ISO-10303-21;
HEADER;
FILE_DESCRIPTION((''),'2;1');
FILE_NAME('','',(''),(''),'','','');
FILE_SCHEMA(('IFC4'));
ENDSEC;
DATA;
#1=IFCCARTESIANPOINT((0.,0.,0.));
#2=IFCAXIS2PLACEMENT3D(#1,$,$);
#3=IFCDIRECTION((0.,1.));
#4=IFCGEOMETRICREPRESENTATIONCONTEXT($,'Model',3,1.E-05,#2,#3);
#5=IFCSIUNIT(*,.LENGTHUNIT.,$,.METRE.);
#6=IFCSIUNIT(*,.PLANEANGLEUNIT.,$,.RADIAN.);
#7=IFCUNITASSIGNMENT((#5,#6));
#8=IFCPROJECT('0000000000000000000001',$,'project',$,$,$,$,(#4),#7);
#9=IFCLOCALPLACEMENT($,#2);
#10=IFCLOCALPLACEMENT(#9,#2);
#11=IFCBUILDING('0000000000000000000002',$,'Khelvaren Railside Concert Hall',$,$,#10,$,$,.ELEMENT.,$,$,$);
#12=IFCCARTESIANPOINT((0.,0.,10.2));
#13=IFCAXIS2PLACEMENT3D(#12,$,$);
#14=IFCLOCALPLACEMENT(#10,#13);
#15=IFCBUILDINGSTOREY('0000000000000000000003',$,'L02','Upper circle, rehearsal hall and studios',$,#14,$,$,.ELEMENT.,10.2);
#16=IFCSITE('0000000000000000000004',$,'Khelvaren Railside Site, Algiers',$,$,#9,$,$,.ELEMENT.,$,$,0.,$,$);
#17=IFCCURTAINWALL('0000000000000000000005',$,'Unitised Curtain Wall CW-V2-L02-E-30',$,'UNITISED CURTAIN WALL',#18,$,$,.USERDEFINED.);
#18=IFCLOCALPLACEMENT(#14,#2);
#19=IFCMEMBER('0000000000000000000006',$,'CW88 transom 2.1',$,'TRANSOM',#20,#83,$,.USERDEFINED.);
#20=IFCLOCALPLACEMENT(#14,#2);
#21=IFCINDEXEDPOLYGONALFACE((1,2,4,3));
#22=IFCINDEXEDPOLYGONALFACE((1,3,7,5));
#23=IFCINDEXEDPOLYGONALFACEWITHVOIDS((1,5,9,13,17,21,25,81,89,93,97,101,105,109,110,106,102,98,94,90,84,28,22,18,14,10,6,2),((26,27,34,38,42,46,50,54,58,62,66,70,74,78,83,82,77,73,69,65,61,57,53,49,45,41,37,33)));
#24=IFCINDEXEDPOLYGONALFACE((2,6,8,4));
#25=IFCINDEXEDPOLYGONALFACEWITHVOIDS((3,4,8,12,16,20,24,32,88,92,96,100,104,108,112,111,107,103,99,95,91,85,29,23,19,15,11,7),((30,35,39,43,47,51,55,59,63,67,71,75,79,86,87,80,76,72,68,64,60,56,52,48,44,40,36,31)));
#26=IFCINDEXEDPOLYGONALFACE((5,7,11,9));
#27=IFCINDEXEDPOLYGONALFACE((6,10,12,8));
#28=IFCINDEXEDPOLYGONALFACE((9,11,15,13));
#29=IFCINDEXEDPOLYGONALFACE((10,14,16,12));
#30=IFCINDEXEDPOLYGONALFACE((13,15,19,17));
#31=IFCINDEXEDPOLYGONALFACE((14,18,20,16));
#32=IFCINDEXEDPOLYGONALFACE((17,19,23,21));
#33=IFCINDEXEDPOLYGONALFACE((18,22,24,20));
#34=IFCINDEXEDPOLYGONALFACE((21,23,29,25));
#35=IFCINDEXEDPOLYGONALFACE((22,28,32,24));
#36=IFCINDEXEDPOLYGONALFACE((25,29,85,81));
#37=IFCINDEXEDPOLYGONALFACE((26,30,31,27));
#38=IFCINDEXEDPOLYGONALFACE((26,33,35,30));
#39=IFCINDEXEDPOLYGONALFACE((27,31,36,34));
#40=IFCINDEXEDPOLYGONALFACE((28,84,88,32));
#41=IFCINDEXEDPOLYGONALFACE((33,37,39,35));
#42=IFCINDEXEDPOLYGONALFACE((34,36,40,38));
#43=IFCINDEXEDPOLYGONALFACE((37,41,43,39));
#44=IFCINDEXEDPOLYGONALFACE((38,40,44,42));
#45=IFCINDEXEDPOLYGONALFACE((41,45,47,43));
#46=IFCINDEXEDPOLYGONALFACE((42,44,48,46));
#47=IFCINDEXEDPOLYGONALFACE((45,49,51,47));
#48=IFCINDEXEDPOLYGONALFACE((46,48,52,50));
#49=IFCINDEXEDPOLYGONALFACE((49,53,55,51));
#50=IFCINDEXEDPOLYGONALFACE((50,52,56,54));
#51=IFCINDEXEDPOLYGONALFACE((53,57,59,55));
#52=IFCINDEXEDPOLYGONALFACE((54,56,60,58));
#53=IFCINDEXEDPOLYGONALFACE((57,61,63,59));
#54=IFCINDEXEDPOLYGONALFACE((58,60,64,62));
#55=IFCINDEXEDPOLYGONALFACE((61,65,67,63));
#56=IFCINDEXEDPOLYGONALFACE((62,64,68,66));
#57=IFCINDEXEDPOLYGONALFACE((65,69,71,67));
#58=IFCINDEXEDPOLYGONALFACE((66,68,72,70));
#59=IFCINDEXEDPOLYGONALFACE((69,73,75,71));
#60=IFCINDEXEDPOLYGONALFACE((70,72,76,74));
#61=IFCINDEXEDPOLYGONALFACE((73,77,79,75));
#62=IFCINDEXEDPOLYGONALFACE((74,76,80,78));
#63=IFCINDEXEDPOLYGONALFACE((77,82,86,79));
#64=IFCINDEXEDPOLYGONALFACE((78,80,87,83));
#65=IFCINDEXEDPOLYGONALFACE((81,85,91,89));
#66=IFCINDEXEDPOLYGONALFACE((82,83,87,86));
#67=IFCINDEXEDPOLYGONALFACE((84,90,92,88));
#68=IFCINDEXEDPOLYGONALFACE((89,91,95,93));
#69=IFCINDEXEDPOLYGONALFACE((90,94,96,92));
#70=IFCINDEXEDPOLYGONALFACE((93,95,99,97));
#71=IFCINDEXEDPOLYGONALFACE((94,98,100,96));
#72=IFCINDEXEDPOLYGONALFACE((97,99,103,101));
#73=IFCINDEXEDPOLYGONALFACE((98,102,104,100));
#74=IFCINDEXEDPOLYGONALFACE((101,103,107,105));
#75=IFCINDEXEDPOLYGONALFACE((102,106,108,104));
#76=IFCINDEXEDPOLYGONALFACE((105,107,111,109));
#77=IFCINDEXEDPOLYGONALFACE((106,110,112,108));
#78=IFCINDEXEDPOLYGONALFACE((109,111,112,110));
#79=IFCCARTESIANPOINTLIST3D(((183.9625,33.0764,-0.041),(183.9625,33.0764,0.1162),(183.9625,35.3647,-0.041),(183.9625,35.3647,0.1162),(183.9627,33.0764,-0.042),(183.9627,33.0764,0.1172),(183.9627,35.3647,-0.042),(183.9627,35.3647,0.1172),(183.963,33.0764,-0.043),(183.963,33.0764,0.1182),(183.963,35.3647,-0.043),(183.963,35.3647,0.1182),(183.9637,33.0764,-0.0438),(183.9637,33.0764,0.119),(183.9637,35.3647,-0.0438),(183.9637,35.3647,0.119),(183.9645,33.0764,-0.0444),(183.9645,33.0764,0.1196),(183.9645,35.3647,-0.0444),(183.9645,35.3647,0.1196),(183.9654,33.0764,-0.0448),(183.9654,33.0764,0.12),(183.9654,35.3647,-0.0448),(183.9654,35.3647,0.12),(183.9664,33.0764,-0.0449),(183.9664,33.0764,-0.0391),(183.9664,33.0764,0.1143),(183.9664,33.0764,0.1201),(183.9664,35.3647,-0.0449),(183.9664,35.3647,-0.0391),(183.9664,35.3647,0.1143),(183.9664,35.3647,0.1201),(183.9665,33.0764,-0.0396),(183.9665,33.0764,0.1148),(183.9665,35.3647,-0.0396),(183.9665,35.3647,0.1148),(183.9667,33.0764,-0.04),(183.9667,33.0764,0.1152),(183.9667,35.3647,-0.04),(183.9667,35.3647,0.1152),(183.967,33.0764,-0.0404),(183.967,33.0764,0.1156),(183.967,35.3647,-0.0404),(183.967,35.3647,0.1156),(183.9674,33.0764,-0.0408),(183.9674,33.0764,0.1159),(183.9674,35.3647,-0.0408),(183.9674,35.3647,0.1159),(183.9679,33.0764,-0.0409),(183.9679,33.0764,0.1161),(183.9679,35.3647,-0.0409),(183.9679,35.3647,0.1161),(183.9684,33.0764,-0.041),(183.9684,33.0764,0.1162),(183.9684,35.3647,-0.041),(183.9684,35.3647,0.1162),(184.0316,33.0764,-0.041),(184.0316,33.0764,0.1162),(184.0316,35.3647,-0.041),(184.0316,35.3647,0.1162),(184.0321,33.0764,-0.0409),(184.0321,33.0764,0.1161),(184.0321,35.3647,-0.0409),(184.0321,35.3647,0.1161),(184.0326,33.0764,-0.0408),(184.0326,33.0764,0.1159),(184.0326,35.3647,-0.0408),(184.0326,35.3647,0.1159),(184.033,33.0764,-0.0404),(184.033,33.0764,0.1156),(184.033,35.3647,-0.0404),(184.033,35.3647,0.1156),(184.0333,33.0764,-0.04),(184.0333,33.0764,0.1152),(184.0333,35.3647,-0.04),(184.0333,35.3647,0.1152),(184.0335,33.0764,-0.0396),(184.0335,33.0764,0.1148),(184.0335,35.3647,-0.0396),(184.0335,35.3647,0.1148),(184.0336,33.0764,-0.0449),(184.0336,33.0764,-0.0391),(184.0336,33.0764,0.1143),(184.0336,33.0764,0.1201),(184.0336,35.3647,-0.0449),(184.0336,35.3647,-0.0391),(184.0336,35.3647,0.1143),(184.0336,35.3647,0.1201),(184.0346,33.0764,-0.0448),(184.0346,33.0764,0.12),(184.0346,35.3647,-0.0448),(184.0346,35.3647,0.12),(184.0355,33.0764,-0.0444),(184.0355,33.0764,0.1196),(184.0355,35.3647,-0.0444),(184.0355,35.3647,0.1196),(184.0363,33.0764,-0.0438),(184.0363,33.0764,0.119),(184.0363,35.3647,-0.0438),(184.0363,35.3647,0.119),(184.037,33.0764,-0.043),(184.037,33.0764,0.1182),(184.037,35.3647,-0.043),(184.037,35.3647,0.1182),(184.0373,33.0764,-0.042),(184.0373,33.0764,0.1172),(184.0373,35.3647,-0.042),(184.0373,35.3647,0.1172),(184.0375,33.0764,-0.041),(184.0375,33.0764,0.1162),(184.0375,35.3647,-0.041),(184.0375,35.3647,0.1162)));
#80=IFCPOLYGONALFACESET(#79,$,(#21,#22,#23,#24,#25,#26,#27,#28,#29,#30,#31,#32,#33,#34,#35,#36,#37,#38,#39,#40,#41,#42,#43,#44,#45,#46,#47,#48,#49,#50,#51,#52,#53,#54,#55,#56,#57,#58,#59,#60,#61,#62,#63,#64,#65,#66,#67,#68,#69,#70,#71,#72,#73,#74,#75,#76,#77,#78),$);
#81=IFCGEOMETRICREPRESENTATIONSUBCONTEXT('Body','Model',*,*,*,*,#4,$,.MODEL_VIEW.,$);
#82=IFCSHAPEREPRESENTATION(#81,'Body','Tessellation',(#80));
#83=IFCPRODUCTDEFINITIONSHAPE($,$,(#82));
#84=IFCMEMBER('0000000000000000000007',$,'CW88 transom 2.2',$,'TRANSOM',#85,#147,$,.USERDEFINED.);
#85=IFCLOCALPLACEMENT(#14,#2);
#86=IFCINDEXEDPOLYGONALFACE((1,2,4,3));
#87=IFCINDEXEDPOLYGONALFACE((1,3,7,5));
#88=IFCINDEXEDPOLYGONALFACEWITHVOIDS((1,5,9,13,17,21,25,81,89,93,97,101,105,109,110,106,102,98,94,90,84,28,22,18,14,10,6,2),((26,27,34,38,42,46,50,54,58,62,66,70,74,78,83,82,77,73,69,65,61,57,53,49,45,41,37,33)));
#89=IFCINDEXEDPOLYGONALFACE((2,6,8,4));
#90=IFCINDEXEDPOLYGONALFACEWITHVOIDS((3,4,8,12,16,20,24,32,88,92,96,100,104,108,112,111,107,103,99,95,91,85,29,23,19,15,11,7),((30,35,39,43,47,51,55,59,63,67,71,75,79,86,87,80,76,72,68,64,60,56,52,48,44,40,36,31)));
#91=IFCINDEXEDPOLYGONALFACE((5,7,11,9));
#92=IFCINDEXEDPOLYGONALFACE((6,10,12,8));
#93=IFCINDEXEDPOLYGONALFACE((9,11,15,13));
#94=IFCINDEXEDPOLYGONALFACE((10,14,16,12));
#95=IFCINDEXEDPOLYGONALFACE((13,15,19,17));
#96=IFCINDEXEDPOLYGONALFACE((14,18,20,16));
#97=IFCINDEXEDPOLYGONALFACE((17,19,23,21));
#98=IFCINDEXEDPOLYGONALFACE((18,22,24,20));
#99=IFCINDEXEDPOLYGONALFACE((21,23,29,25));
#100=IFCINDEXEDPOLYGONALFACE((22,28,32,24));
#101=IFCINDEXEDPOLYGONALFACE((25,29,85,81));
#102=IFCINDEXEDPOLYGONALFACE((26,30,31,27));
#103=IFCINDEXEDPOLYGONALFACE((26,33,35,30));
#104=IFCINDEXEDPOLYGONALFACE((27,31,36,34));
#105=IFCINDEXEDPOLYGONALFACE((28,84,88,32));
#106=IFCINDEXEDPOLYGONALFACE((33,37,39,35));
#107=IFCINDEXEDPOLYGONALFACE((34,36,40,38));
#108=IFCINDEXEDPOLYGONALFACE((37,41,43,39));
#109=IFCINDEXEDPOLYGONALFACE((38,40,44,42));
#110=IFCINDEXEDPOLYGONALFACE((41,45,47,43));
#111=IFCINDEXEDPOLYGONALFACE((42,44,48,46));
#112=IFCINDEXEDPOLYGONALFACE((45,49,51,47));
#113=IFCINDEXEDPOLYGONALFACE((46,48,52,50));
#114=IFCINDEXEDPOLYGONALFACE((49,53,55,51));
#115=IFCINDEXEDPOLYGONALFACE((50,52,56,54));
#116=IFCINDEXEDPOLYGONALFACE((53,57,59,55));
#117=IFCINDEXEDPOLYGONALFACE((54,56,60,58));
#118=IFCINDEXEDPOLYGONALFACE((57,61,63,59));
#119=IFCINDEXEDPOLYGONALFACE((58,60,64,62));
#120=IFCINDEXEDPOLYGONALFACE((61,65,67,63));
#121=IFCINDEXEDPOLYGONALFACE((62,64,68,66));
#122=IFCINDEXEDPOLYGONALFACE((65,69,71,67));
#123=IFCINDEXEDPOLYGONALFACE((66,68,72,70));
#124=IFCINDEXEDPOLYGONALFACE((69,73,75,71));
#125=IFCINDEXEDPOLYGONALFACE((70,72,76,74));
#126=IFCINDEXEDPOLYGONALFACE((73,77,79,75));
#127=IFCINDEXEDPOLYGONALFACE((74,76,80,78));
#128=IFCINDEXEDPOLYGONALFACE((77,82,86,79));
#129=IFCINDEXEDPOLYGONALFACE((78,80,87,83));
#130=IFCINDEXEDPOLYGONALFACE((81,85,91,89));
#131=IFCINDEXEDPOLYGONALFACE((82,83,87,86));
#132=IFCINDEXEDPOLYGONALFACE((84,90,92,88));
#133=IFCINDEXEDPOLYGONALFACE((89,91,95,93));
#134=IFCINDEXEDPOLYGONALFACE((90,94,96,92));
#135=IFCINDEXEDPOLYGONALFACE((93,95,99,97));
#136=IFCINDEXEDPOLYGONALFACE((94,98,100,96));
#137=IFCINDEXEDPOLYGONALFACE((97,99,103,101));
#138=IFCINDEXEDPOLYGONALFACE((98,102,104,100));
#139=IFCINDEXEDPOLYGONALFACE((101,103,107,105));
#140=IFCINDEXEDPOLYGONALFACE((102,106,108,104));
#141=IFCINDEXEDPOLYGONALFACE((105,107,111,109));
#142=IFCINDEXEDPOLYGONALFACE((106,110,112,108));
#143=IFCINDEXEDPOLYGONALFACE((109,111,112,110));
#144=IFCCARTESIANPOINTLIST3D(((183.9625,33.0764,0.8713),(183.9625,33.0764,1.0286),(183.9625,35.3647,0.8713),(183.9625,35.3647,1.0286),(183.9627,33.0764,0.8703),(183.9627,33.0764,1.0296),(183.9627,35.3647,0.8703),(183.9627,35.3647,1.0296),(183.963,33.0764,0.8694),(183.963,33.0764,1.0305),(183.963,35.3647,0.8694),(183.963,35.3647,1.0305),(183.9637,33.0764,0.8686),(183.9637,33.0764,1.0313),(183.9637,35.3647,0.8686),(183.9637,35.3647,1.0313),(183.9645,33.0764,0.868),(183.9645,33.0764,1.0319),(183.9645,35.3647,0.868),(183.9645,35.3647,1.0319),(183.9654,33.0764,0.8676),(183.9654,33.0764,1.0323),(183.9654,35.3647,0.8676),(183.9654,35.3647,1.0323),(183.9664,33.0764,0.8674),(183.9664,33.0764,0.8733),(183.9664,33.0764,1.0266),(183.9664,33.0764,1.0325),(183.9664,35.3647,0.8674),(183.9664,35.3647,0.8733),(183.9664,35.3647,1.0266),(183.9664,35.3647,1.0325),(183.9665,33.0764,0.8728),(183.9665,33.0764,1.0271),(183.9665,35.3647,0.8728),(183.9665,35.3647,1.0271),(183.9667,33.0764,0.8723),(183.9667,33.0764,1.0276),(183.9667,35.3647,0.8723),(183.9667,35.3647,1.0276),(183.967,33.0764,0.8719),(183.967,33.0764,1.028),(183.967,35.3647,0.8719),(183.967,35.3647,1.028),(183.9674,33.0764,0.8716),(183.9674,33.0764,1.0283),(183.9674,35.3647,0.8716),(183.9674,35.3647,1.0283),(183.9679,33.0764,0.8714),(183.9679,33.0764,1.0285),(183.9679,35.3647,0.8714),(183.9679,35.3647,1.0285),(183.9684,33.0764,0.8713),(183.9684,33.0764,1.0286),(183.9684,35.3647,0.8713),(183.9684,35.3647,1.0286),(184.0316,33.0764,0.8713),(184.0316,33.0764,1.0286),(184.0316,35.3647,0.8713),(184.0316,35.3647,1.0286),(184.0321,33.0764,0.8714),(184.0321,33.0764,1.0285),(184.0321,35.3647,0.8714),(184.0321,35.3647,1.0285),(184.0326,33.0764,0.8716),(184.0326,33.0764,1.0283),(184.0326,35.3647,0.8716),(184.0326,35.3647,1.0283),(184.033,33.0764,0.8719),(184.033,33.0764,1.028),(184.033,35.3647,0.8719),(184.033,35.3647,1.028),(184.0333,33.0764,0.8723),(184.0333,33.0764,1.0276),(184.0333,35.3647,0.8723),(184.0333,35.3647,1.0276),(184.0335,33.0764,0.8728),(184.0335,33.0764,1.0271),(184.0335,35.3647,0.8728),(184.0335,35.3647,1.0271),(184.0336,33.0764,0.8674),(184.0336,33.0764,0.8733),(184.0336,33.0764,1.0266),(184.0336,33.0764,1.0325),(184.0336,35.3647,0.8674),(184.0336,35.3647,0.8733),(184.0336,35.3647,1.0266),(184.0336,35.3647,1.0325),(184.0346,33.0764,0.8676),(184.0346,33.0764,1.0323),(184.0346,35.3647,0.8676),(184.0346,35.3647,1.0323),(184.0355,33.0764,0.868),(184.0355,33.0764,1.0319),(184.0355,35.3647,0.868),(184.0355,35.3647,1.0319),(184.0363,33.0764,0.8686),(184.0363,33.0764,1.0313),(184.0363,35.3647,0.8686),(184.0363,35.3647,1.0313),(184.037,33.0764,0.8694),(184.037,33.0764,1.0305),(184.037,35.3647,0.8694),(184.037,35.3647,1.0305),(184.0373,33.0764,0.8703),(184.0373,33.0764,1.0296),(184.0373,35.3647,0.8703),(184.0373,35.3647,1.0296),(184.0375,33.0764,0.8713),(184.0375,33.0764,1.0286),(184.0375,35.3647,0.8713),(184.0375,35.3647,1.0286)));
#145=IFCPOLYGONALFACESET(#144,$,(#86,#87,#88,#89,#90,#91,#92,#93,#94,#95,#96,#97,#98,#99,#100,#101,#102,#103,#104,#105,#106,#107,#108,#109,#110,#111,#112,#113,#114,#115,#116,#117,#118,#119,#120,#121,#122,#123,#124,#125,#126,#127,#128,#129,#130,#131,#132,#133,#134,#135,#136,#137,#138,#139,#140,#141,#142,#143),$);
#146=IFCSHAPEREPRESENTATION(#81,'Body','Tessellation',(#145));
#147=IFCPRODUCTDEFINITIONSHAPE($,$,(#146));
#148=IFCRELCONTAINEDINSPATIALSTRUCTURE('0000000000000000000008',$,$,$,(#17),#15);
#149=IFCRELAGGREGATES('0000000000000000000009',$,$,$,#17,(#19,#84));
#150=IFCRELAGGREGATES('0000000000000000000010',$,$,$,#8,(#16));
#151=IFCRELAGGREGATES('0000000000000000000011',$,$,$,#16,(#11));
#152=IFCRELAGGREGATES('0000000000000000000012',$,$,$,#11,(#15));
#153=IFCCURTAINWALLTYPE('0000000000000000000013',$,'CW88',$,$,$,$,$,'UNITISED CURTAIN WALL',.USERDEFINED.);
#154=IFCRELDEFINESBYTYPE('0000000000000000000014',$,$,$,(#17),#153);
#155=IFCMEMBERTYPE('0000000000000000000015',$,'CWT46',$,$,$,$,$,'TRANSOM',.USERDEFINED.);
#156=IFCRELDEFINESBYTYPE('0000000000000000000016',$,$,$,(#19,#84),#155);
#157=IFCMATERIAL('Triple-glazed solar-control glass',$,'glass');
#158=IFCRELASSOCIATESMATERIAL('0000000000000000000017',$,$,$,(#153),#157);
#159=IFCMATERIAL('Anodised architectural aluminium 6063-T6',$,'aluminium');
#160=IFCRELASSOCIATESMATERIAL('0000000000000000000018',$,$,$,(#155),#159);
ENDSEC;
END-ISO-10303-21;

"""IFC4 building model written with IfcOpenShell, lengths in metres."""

from ifc_helpers import new_model, si_unit, direction, frame, origin, origin_2d, place, context, subcontext, project, spatial, hollow_rectangle, extrude, material, material_profile, profile_set, type_object, element, aggregate, save


model = new_model("IFC4")

# Units and contexts
model_context = context("Model", 3, precision=1e-05, world=origin(), true_north=direction((0.0, 1.0)))
body_context = subcontext(model_context, "Body", "Model", "MODEL_VIEW")
ifc_project = project(units=[si_unit("LENGTHUNIT", "METRE"), si_unit("PLANEANGLEUNIT", "RADIAN")], contexts=[model_context])

# Site, building, storey
site_placement = place(None, origin())
site = spatial("IfcSite", under=ifc_project, at=site_placement, Name="Khelvaren Railside Site, Algiers", CompositionType="ELEMENT", RefElevation=0.0)
building_placement = place(site_placement, origin())
building = spatial("IfcBuilding", under=site, at=building_placement, Name="Khelvaren Railside Concert Hall", CompositionType="ELEMENT")
storey_placement = place(building_placement, frame((0.0, 0.0, 10.2)))
storey = spatial("IfcBuildingStorey", under=building, at=storey_placement, Name="L02", Description="Upper circle, rehearsal hall and studios", CompositionType="ELEMENT", Elevation=10.2)

# Curtain wall
ifc_material_1 = material(Name="Triple-glazed solar-control glass", Category="glass")
curtain_wall_type_1 = type_object("IfcCurtainWallType", Name="CW88", ElementType="UNITISED CURTAIN WALL", PredefinedType="USERDEFINED", material=ifc_material_1)
curtain_wall_1_placement = place(storey_placement, origin())
curtain_wall_1 = element("IfcCurtainWall", 1, at=curtain_wall_1_placement, inside=storey, type_object=curtain_wall_type_1, Name="Unitised Curtain Wall CW-V2-L02-E-30", ObjectType="UNITISED CURTAIN WALL", PredefinedType="USERDEFINED")
ifc_material_2 = material(Name="Anodised architectural aluminium 6063-T6", Category="aluminium")

# Members
ifc_material_profile_1 = material_profile(ifc_material_2, hollow_rectangle(XDim=0.075, YDim=0.165, WallThickness=0.0039, InnerFilletRadius=0.002, OuterFilletRadius=0.0039, at=origin_2d()), Name="CWT 75x165x4")
ifc_profile_set_1 = profile_set([ifc_material_profile_1], Name="Anodised architectural aluminium 6063-T6")
member_type_1 = type_object("IfcMemberType", Name="CWT46", ElementType="TRANSOM", PredefinedType="USERDEFINED", material=ifc_profile_set_1)
member_1_placement = place(storey_placement, frame((184.0, 35.3647, 0.0376), z_axis=(0.0, -1.0, 0.0), x_axis=(1.0, 0.0, 0.0)))
member_1 = element("IfcMember", 2, at=member_1_placement, type_object=member_type_1, Name="CW88 transom 2.1", ObjectType="TRANSOM", PredefinedType="USERDEFINED", context=body_context, shape_type="SweptSolid", body=[
    extrude(hollow_rectangle(XDim=0.075, YDim=0.165, WallThickness=0.0039, InnerFilletRadius=0.002, OuterFilletRadius=0.0039, at=origin_2d()), origin(), (0.0, 0.0, 1.0), 2.2883),
])
member_2_placement = place(storey_placement, frame((184.0, 35.3647, 0.95), z_axis=(0.0, -1.0, 0.0), x_axis=(1.0, 0.0, 0.0)))
member_2 = element("IfcMember", 3, at=member_2_placement, type_object=member_type_1, Name="CW88 transom 2.2", ObjectType="TRANSOM", PredefinedType="USERDEFINED", context=body_context, shape_type="SweptSolid", body=[
    extrude(hollow_rectangle(XDim=0.075, YDim=0.165, WallThickness=0.0039, InnerFilletRadius=0.002, OuterFilletRadius=0.0039, at=origin_2d()), origin(), (0.0, 0.0, 1.0), 2.2883),
])

aggregate(curtain_wall_1, [member_1, member_2])

save(model, "model.ifc")
